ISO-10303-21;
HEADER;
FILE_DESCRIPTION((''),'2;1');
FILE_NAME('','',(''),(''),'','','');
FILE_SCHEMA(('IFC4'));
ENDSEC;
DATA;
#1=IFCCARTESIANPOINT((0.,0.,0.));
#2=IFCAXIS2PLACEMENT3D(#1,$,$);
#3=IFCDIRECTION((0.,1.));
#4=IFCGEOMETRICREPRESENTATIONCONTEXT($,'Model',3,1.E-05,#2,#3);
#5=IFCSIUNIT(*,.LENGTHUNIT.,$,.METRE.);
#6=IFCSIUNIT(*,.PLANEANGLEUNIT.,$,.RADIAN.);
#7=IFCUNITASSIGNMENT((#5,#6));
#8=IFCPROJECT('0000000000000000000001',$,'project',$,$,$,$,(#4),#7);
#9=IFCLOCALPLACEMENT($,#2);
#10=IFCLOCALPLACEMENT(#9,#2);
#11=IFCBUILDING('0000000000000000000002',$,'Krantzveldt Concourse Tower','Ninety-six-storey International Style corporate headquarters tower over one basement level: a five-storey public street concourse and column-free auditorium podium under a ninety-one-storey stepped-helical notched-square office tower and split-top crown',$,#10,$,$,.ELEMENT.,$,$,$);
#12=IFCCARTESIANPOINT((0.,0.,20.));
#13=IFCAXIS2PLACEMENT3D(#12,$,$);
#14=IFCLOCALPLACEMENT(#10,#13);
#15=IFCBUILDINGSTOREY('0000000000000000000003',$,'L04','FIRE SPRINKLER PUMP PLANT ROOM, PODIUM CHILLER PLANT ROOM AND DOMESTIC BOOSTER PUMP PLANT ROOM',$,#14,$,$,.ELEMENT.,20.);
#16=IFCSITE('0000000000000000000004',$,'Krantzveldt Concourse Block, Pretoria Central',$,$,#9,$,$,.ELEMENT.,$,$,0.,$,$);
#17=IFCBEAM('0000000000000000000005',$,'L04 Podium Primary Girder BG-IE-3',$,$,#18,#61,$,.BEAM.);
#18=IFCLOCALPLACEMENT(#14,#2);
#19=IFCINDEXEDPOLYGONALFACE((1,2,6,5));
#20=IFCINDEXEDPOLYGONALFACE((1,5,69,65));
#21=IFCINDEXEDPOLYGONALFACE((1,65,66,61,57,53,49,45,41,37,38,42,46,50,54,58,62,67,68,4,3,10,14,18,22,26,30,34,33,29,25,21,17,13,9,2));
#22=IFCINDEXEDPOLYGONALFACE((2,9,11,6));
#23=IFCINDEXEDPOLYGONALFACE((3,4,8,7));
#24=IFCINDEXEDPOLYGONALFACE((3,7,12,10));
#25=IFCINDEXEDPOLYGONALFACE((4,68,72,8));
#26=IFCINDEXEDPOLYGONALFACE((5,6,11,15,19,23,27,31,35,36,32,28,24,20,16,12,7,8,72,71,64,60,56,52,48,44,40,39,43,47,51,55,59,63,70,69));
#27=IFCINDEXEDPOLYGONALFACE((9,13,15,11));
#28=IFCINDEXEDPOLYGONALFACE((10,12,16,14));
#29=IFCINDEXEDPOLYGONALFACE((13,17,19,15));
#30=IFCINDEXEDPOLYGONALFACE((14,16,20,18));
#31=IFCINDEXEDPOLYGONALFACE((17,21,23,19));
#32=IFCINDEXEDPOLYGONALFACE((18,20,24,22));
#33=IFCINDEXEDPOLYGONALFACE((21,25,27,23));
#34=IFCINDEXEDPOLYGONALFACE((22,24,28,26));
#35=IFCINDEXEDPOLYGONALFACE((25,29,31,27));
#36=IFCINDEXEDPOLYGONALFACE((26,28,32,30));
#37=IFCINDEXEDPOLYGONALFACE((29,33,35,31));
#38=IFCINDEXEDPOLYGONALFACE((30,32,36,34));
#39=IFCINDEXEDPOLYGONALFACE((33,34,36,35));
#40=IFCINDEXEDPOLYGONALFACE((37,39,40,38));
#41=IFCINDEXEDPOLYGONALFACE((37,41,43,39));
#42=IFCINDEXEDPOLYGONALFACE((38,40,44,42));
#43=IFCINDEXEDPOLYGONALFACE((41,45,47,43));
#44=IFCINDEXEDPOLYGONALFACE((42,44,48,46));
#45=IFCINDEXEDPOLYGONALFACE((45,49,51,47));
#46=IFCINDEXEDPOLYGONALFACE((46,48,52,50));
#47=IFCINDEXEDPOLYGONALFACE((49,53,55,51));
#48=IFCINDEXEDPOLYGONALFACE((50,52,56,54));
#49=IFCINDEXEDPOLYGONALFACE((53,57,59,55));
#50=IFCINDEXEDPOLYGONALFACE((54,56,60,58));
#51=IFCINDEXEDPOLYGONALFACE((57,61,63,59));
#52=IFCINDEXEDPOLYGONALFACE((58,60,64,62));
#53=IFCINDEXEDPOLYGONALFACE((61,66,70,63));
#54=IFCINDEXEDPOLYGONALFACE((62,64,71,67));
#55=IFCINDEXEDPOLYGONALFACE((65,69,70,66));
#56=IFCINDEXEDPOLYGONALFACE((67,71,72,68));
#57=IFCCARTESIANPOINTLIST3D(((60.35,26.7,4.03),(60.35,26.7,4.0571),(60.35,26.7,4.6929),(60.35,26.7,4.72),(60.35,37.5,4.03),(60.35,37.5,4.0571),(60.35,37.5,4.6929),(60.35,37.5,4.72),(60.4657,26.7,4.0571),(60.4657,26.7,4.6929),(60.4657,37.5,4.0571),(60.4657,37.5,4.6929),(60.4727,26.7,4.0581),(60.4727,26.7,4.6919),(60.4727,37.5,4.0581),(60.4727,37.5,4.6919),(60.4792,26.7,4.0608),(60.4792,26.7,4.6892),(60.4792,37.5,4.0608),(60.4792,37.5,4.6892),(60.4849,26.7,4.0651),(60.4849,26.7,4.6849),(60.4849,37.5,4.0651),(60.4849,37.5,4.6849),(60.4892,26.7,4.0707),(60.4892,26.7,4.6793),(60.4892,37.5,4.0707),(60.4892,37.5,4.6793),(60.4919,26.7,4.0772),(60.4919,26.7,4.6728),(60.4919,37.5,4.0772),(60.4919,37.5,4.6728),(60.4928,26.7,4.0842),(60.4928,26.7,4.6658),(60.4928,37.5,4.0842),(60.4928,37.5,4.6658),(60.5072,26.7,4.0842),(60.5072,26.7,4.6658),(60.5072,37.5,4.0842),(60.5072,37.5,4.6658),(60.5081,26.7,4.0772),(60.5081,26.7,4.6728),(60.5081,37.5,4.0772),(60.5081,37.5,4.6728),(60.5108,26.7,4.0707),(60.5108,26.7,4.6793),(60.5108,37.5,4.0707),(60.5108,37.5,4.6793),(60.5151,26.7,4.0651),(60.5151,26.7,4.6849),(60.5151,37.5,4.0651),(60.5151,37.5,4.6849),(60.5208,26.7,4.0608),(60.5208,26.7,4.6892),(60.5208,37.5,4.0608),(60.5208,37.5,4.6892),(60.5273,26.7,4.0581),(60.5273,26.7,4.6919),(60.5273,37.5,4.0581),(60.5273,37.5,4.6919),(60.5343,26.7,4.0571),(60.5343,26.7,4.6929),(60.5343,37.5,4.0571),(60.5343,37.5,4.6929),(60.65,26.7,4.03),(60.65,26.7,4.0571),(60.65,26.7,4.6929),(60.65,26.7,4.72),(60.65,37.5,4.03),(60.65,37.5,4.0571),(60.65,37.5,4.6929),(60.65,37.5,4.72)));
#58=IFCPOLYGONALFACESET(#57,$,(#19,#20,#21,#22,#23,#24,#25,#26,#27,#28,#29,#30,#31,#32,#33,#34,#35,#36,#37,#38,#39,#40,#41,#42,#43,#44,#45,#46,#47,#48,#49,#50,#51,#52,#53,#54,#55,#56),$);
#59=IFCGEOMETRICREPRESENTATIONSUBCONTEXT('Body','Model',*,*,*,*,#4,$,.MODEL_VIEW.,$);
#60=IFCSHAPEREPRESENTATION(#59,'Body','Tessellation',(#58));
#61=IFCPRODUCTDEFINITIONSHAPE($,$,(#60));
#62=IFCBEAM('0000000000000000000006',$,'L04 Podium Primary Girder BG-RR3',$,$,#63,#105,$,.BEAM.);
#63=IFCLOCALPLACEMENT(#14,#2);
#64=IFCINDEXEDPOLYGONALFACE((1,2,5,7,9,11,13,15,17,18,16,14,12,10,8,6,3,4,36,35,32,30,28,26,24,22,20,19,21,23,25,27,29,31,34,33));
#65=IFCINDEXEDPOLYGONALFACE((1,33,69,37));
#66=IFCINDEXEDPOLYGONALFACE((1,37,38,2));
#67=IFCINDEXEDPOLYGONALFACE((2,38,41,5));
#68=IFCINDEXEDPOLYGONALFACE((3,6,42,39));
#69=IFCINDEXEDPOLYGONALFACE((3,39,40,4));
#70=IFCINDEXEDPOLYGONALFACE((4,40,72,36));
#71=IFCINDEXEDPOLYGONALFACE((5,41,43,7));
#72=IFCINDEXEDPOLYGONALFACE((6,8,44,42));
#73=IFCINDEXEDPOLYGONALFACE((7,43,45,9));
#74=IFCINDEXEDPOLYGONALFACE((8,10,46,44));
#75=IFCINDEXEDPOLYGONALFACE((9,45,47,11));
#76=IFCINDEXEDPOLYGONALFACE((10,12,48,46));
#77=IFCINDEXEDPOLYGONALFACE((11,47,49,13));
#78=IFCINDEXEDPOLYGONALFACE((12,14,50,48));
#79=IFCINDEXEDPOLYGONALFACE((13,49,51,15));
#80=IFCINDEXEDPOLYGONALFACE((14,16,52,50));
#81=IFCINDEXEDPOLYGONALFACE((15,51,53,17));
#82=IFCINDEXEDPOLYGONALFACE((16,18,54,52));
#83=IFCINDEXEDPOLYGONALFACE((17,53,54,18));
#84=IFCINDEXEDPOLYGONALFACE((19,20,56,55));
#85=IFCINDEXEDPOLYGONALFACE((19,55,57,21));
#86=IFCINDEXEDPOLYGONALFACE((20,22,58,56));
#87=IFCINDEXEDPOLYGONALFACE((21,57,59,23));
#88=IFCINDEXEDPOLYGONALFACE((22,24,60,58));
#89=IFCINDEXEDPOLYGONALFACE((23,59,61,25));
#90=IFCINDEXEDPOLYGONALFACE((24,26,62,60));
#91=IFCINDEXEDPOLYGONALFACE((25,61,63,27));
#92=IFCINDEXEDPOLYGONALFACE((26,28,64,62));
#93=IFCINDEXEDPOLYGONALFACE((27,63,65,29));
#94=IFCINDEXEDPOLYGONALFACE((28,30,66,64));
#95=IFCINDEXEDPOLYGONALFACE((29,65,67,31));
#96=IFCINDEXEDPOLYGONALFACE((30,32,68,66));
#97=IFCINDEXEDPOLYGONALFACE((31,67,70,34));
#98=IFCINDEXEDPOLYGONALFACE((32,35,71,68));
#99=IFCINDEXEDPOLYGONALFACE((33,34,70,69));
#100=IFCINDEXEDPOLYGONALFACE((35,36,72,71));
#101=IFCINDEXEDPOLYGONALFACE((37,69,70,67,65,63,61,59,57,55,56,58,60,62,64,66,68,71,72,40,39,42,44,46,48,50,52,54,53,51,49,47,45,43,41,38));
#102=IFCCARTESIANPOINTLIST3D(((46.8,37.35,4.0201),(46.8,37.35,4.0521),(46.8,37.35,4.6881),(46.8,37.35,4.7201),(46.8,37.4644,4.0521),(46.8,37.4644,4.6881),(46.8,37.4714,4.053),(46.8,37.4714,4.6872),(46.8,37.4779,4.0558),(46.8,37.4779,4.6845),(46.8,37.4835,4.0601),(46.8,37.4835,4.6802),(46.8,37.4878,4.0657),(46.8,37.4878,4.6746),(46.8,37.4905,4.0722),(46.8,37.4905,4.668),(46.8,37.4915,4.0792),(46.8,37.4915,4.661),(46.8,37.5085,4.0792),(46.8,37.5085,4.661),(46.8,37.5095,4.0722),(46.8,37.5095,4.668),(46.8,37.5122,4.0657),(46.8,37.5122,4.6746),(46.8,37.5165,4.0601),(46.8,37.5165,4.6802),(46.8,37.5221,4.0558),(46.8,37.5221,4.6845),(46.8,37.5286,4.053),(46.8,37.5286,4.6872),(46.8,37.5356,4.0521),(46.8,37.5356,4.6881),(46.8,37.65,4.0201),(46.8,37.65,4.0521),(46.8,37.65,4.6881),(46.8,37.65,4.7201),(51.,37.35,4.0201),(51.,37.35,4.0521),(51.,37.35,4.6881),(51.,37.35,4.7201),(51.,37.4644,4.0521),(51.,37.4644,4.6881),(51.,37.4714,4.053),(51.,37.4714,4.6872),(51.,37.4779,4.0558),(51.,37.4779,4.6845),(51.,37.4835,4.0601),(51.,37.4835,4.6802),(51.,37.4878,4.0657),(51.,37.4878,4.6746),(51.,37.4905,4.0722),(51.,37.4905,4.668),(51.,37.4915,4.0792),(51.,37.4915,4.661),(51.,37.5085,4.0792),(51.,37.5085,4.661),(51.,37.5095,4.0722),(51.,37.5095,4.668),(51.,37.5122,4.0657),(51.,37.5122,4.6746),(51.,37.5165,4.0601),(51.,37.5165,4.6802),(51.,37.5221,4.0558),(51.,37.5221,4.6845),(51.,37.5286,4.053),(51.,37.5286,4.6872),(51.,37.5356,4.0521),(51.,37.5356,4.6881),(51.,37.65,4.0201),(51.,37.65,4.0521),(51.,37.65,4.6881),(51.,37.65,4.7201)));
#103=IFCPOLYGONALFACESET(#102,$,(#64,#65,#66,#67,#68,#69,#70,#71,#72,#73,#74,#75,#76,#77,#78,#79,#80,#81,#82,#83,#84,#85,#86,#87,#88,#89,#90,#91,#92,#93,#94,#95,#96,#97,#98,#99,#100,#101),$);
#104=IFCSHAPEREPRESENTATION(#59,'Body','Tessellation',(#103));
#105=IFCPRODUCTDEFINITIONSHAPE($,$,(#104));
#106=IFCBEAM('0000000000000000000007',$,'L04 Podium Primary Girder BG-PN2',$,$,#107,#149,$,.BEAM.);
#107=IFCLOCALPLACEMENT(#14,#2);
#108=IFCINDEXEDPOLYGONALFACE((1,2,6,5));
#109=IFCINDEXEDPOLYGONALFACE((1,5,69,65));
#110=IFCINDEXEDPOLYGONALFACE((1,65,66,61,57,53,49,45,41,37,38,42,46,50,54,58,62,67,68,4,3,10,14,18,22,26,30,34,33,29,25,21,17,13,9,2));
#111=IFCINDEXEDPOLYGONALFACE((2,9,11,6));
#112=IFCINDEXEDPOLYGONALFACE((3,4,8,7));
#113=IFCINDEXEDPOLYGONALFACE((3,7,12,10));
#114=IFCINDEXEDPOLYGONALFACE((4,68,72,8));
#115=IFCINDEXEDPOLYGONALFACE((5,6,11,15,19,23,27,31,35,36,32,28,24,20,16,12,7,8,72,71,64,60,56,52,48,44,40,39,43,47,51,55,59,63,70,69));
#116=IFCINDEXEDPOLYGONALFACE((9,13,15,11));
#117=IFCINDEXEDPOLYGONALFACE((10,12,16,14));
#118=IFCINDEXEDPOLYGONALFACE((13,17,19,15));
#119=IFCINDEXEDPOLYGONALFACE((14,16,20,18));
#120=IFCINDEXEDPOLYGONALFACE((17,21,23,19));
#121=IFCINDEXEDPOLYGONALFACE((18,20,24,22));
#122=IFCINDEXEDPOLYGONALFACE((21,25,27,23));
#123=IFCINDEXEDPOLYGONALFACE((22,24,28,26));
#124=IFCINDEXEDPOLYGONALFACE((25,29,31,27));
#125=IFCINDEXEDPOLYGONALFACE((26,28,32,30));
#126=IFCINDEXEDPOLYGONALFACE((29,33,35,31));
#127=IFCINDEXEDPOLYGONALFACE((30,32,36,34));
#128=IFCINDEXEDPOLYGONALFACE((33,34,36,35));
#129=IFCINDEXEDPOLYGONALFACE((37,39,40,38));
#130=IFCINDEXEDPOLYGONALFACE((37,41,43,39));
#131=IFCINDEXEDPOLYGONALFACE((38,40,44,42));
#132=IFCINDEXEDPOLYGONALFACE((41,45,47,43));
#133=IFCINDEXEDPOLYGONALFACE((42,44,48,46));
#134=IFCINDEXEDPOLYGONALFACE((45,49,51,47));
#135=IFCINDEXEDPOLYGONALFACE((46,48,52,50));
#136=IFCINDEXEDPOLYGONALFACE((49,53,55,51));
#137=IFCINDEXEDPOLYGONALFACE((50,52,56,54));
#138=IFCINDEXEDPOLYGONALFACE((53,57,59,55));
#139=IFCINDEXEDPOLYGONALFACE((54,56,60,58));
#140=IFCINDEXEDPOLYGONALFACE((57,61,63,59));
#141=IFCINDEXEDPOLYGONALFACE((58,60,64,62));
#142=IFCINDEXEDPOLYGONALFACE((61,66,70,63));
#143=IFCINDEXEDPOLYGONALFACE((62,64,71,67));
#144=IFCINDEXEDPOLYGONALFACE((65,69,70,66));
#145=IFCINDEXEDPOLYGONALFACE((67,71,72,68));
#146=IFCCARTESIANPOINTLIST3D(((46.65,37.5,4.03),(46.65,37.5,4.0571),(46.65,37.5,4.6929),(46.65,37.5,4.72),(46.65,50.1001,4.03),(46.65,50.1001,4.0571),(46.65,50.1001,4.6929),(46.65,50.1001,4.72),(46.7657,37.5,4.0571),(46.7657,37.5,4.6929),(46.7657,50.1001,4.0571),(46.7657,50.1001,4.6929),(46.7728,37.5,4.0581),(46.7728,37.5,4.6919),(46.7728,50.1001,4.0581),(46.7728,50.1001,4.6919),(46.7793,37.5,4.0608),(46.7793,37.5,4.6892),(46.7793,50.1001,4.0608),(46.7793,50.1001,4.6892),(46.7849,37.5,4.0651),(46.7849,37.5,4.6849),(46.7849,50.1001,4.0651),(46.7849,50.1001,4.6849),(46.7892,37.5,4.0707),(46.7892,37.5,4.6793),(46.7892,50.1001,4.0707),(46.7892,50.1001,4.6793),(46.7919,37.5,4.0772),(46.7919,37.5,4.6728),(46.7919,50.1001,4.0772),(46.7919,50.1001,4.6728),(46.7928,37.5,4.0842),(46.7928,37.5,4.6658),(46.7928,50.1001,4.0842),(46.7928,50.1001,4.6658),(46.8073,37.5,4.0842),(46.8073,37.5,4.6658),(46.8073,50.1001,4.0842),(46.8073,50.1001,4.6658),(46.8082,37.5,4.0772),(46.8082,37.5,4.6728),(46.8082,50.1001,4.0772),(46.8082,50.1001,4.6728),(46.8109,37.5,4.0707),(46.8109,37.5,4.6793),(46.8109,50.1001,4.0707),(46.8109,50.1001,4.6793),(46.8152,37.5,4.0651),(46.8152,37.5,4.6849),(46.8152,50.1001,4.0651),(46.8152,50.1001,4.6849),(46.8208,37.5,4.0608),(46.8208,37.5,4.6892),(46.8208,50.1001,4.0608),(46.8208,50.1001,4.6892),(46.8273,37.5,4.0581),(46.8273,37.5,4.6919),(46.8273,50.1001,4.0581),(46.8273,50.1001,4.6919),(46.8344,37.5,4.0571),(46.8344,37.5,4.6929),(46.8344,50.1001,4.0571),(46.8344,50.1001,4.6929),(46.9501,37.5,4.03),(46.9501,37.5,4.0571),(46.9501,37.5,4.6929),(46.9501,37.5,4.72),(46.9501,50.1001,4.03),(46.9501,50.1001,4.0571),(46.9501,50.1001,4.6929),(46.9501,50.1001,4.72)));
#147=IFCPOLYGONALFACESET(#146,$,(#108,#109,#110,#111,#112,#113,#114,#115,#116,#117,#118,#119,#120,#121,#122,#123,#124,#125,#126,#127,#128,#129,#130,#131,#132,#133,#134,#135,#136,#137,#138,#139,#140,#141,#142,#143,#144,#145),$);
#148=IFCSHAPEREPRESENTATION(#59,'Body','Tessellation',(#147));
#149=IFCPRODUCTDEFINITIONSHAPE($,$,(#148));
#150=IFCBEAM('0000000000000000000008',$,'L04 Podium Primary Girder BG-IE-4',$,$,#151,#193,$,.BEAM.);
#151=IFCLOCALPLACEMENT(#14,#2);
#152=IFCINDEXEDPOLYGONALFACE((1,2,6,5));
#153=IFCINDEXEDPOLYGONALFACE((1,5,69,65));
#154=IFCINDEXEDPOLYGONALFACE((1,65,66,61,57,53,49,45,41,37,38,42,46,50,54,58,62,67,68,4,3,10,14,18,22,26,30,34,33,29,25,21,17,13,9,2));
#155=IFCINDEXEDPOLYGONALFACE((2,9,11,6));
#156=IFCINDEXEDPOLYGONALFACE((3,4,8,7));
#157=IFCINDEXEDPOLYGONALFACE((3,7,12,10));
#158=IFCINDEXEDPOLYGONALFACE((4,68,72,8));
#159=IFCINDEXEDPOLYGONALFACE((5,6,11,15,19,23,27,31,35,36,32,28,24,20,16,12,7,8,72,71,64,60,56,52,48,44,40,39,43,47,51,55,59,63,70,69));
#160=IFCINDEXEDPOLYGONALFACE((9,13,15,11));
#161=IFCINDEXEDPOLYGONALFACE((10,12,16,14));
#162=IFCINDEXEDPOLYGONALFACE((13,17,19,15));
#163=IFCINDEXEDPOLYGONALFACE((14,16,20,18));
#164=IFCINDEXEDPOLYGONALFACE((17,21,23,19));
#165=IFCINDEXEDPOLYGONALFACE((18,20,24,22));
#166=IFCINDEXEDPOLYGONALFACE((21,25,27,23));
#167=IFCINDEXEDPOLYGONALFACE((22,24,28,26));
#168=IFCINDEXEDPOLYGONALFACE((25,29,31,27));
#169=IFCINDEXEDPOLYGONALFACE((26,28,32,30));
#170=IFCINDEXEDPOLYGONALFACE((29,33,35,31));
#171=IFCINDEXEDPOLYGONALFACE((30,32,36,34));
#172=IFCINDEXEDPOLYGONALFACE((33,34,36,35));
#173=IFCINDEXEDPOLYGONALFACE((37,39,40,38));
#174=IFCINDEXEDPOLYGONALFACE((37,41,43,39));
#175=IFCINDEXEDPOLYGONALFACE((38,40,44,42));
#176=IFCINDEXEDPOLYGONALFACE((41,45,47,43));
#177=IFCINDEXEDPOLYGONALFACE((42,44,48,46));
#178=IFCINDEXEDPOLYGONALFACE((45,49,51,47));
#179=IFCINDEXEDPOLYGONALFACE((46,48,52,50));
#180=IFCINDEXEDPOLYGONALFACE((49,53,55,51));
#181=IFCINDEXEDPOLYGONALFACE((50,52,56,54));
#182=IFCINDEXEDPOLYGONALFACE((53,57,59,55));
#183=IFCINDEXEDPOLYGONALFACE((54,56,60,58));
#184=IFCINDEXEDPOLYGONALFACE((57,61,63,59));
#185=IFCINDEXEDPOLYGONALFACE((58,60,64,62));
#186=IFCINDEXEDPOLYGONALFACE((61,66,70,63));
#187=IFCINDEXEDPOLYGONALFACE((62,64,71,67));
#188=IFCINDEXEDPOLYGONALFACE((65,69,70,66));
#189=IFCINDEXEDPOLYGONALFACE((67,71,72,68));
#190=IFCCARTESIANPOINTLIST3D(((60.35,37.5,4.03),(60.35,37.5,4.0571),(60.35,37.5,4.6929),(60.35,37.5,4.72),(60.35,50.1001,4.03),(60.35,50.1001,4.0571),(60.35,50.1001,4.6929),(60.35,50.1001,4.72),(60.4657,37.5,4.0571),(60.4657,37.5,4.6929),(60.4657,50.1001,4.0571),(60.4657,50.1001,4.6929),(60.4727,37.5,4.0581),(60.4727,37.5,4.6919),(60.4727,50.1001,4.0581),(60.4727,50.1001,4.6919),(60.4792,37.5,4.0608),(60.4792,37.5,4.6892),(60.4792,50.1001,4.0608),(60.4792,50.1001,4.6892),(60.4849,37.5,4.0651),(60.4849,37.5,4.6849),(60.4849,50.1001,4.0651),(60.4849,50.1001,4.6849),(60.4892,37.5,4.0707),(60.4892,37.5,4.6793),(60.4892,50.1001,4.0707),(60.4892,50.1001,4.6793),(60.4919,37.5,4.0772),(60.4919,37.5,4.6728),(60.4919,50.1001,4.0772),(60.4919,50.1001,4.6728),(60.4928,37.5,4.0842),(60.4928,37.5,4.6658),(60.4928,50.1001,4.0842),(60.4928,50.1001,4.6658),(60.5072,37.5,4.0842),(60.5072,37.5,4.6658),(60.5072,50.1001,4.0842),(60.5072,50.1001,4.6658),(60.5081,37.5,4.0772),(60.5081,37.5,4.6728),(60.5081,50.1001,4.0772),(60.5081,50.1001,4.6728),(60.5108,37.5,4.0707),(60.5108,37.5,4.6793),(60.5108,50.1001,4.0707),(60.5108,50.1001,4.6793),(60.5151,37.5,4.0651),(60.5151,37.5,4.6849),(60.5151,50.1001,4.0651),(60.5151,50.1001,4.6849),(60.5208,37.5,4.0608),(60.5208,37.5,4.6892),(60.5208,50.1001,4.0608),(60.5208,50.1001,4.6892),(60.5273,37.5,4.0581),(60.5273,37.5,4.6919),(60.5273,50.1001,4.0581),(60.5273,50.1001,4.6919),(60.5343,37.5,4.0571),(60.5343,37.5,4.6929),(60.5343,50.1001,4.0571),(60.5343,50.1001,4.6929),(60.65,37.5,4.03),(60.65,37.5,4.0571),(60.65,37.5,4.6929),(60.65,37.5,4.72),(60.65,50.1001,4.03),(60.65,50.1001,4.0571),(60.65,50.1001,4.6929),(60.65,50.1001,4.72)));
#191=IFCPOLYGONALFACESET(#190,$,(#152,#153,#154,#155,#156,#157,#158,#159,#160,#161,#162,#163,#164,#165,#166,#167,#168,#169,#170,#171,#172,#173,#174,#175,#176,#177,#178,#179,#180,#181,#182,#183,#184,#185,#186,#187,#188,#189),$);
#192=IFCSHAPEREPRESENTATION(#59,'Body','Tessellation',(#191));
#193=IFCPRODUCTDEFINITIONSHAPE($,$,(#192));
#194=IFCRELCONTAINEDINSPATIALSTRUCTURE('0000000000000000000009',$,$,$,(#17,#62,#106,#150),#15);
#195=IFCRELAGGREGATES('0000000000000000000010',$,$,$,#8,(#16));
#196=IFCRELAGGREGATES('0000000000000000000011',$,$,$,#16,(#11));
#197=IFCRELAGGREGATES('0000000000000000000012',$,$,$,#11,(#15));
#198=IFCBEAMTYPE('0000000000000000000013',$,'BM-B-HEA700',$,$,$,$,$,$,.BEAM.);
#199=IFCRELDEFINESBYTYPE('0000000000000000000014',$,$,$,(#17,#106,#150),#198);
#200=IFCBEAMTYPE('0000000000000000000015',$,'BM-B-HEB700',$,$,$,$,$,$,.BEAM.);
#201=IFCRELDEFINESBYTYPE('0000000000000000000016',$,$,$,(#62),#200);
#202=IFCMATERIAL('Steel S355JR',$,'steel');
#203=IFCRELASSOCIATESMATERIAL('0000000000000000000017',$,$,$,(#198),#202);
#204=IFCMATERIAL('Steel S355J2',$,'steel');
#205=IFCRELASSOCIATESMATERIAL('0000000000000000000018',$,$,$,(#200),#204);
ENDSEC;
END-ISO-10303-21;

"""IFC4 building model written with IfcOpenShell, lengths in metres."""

from ifc_helpers import new_model, si_unit, direction, frame, origin, origin_2d, place, context, subcontext, project, spatial, i_section, extrude, source, transform, mapped, material, material_profile, profile_set, type_object, type_shapes, element, save


model = new_model("IFC4")

# Units and contexts
model_context = context("Model", 3, precision=1e-05, world=origin(), true_north=direction((0.0, 1.0)))
body_context = subcontext(model_context, "Body", "Model", "MODEL_VIEW")
ifc_project = project(units=[si_unit("LENGTHUNIT", "METRE"), si_unit("PLANEANGLEUNIT", "RADIAN")], contexts=[model_context])

# Site, building, storey
site_placement = place(None, origin())
site = spatial("IfcSite", under=ifc_project, at=site_placement, Name="Krantzveldt Concourse Block, Pretoria Central", CompositionType="ELEMENT", RefElevation=0.0)
building_placement = place(site_placement, origin())
building = spatial("IfcBuilding", under=site, at=building_placement, Name="Krantzveldt Concourse Tower", Description="Ninety-six-storey International Style corporate headquarters tower over one basement level: a five-storey public street concourse and column-free auditorium podium under a ninety-one-storey stepped-helical notched-square office tower and split-top crown", CompositionType="ELEMENT")
storey_placement = place(building_placement, frame((0.0, 0.0, 20.0)))
storey = spatial("IfcBuildingStorey", under=building, at=storey_placement, Name="L04", Description="FIRE SPRINKLER PUMP PLANT ROOM, PODIUM CHILLER PLANT ROOM AND DOMESTIC BOOSTER PUMP PLANT ROOM", CompositionType="ELEMENT", Elevation=20.0)

# Beams
ifc_material_1 = material(Name="Steel S355JR", Category="steel")
ifc_material_profile_1 = material_profile(ifc_material_1, i_section(OverallWidth=0.3, OverallDepth=0.6899, WebThickness=0.0144, FlangeThickness=0.0271, FilletRadius=0.0271, at=origin_2d()), Name="Steel S355JR", Category="steel")
ifc_profile_set_1 = profile_set([ifc_material_profile_1], Name="Steel S355JR - HEA 700")
beam_type_1 = type_object("IfcBeamType", Name="BM-B-HEA700", PredefinedType="BEAM", material=ifc_profile_set_1)
shared_shape_1 = source(origin(), body_context, "Body", "SweptSolid", [
    extrude(i_section(OverallWidth=0.3, OverallDepth=0.6899, WebThickness=0.0144, FlangeThickness=0.0271, FilletRadius=0.0271, at=origin_2d()), origin(), (0.0, 0.0, 1.0), 10.8),
])
for number, where, z_axis, x_axis, name in (
    (1, (60.5, 26.7, 4.375), (0.0, 1.0, 0.0), (-1.0, 0.0, 0.0), "L04 Podium Primary Girder BG-IE-3"),
):
    element("IfcBeam", number, at=place(storey_placement, frame(where, z_axis=z_axis, x_axis=x_axis)), inside=storey, type_object=beam_type_1, Name=name, PredefinedType="BEAM", context=body_context, shape_type="MappedRepresentation", body=[
        mapped(shared_shape_1, transform((0.0, 0.0, 0.0), x_axis=(1.0, 0.0, 0.0), y_axis=(0.0, 1.0, 0.0), z_axis=(0.0, 0.0, 1.0), scale=1.0)),
    ])
ifc_material_2 = material(Name="Steel S355J2", Category="steel")
ifc_material_profile_2 = material_profile(ifc_material_2, i_section(OverallWidth=0.3, OverallDepth=0.7, WebThickness=0.0171, FlangeThickness=0.032, FilletRadius=0.0271, at=origin_2d()), Name="Steel S355J2", Category="steel")
ifc_profile_set_2 = profile_set([ifc_material_profile_2], Name="Steel S355J2 - HEB 700")
beam_type_2 = type_object("IfcBeamType", Name="BM-B-HEB700", PredefinedType="BEAM", material=ifc_profile_set_2)
shared_shape_2 = source(origin(), body_context, "Body", "SweptSolid", [
    extrude(i_section(OverallWidth=0.3, OverallDepth=0.7, WebThickness=0.0171, FlangeThickness=0.032, FilletRadius=0.0271, at=origin_2d()), origin(), (0.0, 0.0, 1.0), 4.2),
])
type_shapes(beam_type_2, [shared_shape_2])
beam_1_placement = place(storey_placement, frame((46.8, 37.5, 4.3701), z_axis=(1.0, 0.0, 0.0), x_axis=(0.0, 1.0, 0.0)))
element("IfcBeam", 2, at=beam_1_placement, inside=storey, type_object=beam_type_2, Name="L04 Podium Primary Girder BG-RR3", PredefinedType="BEAM", context=body_context, shape_type="MappedRepresentation", body=[
    mapped(shared_shape_2, transform((0.0, 0.0, 0.0), x_axis=(1.0, 0.0, 0.0), y_axis=(0.0, 1.0, 0.0), z_axis=(0.0, 0.0, 1.0), scale=1.0)),
])
shared_shape_3 = source(origin(), body_context, "Body", "SweptSolid", [
    extrude(i_section(OverallWidth=0.3, OverallDepth=0.6899, WebThickness=0.0144, FlangeThickness=0.0271, FilletRadius=0.0271, at=origin_2d()), origin(), (0.0, 0.0, 1.0), 12.6001),
])
type_shapes(beam_type_1, [shared_shape_1, shared_shape_3])
for number, where, z_axis, x_axis, name in (
    (3, (46.8, 37.5, 4.375), (0.0, 1.0, 0.0), (-1.0, 0.0, 0.0), "L04 Podium Primary Girder BG-PN2"),
    (4, (60.5, 37.5, 4.375), (0.0, 1.0, 0.0), (-1.0, 0.0, 0.0), "L04 Podium Primary Girder BG-IE-4"),
):
    element("IfcBeam", number, at=place(storey_placement, frame(where, z_axis=z_axis, x_axis=x_axis)), inside=storey, type_object=beam_type_1, Name=name, PredefinedType="BEAM", context=body_context, shape_type="MappedRepresentation", body=[
        mapped(shared_shape_3, transform((0.0, 0.0, 0.0), x_axis=(1.0, 0.0, 0.0), y_axis=(0.0, 1.0, 0.0), z_axis=(0.0, 0.0, 1.0), scale=1.0)),
    ])

save(model, "model.ifc")
